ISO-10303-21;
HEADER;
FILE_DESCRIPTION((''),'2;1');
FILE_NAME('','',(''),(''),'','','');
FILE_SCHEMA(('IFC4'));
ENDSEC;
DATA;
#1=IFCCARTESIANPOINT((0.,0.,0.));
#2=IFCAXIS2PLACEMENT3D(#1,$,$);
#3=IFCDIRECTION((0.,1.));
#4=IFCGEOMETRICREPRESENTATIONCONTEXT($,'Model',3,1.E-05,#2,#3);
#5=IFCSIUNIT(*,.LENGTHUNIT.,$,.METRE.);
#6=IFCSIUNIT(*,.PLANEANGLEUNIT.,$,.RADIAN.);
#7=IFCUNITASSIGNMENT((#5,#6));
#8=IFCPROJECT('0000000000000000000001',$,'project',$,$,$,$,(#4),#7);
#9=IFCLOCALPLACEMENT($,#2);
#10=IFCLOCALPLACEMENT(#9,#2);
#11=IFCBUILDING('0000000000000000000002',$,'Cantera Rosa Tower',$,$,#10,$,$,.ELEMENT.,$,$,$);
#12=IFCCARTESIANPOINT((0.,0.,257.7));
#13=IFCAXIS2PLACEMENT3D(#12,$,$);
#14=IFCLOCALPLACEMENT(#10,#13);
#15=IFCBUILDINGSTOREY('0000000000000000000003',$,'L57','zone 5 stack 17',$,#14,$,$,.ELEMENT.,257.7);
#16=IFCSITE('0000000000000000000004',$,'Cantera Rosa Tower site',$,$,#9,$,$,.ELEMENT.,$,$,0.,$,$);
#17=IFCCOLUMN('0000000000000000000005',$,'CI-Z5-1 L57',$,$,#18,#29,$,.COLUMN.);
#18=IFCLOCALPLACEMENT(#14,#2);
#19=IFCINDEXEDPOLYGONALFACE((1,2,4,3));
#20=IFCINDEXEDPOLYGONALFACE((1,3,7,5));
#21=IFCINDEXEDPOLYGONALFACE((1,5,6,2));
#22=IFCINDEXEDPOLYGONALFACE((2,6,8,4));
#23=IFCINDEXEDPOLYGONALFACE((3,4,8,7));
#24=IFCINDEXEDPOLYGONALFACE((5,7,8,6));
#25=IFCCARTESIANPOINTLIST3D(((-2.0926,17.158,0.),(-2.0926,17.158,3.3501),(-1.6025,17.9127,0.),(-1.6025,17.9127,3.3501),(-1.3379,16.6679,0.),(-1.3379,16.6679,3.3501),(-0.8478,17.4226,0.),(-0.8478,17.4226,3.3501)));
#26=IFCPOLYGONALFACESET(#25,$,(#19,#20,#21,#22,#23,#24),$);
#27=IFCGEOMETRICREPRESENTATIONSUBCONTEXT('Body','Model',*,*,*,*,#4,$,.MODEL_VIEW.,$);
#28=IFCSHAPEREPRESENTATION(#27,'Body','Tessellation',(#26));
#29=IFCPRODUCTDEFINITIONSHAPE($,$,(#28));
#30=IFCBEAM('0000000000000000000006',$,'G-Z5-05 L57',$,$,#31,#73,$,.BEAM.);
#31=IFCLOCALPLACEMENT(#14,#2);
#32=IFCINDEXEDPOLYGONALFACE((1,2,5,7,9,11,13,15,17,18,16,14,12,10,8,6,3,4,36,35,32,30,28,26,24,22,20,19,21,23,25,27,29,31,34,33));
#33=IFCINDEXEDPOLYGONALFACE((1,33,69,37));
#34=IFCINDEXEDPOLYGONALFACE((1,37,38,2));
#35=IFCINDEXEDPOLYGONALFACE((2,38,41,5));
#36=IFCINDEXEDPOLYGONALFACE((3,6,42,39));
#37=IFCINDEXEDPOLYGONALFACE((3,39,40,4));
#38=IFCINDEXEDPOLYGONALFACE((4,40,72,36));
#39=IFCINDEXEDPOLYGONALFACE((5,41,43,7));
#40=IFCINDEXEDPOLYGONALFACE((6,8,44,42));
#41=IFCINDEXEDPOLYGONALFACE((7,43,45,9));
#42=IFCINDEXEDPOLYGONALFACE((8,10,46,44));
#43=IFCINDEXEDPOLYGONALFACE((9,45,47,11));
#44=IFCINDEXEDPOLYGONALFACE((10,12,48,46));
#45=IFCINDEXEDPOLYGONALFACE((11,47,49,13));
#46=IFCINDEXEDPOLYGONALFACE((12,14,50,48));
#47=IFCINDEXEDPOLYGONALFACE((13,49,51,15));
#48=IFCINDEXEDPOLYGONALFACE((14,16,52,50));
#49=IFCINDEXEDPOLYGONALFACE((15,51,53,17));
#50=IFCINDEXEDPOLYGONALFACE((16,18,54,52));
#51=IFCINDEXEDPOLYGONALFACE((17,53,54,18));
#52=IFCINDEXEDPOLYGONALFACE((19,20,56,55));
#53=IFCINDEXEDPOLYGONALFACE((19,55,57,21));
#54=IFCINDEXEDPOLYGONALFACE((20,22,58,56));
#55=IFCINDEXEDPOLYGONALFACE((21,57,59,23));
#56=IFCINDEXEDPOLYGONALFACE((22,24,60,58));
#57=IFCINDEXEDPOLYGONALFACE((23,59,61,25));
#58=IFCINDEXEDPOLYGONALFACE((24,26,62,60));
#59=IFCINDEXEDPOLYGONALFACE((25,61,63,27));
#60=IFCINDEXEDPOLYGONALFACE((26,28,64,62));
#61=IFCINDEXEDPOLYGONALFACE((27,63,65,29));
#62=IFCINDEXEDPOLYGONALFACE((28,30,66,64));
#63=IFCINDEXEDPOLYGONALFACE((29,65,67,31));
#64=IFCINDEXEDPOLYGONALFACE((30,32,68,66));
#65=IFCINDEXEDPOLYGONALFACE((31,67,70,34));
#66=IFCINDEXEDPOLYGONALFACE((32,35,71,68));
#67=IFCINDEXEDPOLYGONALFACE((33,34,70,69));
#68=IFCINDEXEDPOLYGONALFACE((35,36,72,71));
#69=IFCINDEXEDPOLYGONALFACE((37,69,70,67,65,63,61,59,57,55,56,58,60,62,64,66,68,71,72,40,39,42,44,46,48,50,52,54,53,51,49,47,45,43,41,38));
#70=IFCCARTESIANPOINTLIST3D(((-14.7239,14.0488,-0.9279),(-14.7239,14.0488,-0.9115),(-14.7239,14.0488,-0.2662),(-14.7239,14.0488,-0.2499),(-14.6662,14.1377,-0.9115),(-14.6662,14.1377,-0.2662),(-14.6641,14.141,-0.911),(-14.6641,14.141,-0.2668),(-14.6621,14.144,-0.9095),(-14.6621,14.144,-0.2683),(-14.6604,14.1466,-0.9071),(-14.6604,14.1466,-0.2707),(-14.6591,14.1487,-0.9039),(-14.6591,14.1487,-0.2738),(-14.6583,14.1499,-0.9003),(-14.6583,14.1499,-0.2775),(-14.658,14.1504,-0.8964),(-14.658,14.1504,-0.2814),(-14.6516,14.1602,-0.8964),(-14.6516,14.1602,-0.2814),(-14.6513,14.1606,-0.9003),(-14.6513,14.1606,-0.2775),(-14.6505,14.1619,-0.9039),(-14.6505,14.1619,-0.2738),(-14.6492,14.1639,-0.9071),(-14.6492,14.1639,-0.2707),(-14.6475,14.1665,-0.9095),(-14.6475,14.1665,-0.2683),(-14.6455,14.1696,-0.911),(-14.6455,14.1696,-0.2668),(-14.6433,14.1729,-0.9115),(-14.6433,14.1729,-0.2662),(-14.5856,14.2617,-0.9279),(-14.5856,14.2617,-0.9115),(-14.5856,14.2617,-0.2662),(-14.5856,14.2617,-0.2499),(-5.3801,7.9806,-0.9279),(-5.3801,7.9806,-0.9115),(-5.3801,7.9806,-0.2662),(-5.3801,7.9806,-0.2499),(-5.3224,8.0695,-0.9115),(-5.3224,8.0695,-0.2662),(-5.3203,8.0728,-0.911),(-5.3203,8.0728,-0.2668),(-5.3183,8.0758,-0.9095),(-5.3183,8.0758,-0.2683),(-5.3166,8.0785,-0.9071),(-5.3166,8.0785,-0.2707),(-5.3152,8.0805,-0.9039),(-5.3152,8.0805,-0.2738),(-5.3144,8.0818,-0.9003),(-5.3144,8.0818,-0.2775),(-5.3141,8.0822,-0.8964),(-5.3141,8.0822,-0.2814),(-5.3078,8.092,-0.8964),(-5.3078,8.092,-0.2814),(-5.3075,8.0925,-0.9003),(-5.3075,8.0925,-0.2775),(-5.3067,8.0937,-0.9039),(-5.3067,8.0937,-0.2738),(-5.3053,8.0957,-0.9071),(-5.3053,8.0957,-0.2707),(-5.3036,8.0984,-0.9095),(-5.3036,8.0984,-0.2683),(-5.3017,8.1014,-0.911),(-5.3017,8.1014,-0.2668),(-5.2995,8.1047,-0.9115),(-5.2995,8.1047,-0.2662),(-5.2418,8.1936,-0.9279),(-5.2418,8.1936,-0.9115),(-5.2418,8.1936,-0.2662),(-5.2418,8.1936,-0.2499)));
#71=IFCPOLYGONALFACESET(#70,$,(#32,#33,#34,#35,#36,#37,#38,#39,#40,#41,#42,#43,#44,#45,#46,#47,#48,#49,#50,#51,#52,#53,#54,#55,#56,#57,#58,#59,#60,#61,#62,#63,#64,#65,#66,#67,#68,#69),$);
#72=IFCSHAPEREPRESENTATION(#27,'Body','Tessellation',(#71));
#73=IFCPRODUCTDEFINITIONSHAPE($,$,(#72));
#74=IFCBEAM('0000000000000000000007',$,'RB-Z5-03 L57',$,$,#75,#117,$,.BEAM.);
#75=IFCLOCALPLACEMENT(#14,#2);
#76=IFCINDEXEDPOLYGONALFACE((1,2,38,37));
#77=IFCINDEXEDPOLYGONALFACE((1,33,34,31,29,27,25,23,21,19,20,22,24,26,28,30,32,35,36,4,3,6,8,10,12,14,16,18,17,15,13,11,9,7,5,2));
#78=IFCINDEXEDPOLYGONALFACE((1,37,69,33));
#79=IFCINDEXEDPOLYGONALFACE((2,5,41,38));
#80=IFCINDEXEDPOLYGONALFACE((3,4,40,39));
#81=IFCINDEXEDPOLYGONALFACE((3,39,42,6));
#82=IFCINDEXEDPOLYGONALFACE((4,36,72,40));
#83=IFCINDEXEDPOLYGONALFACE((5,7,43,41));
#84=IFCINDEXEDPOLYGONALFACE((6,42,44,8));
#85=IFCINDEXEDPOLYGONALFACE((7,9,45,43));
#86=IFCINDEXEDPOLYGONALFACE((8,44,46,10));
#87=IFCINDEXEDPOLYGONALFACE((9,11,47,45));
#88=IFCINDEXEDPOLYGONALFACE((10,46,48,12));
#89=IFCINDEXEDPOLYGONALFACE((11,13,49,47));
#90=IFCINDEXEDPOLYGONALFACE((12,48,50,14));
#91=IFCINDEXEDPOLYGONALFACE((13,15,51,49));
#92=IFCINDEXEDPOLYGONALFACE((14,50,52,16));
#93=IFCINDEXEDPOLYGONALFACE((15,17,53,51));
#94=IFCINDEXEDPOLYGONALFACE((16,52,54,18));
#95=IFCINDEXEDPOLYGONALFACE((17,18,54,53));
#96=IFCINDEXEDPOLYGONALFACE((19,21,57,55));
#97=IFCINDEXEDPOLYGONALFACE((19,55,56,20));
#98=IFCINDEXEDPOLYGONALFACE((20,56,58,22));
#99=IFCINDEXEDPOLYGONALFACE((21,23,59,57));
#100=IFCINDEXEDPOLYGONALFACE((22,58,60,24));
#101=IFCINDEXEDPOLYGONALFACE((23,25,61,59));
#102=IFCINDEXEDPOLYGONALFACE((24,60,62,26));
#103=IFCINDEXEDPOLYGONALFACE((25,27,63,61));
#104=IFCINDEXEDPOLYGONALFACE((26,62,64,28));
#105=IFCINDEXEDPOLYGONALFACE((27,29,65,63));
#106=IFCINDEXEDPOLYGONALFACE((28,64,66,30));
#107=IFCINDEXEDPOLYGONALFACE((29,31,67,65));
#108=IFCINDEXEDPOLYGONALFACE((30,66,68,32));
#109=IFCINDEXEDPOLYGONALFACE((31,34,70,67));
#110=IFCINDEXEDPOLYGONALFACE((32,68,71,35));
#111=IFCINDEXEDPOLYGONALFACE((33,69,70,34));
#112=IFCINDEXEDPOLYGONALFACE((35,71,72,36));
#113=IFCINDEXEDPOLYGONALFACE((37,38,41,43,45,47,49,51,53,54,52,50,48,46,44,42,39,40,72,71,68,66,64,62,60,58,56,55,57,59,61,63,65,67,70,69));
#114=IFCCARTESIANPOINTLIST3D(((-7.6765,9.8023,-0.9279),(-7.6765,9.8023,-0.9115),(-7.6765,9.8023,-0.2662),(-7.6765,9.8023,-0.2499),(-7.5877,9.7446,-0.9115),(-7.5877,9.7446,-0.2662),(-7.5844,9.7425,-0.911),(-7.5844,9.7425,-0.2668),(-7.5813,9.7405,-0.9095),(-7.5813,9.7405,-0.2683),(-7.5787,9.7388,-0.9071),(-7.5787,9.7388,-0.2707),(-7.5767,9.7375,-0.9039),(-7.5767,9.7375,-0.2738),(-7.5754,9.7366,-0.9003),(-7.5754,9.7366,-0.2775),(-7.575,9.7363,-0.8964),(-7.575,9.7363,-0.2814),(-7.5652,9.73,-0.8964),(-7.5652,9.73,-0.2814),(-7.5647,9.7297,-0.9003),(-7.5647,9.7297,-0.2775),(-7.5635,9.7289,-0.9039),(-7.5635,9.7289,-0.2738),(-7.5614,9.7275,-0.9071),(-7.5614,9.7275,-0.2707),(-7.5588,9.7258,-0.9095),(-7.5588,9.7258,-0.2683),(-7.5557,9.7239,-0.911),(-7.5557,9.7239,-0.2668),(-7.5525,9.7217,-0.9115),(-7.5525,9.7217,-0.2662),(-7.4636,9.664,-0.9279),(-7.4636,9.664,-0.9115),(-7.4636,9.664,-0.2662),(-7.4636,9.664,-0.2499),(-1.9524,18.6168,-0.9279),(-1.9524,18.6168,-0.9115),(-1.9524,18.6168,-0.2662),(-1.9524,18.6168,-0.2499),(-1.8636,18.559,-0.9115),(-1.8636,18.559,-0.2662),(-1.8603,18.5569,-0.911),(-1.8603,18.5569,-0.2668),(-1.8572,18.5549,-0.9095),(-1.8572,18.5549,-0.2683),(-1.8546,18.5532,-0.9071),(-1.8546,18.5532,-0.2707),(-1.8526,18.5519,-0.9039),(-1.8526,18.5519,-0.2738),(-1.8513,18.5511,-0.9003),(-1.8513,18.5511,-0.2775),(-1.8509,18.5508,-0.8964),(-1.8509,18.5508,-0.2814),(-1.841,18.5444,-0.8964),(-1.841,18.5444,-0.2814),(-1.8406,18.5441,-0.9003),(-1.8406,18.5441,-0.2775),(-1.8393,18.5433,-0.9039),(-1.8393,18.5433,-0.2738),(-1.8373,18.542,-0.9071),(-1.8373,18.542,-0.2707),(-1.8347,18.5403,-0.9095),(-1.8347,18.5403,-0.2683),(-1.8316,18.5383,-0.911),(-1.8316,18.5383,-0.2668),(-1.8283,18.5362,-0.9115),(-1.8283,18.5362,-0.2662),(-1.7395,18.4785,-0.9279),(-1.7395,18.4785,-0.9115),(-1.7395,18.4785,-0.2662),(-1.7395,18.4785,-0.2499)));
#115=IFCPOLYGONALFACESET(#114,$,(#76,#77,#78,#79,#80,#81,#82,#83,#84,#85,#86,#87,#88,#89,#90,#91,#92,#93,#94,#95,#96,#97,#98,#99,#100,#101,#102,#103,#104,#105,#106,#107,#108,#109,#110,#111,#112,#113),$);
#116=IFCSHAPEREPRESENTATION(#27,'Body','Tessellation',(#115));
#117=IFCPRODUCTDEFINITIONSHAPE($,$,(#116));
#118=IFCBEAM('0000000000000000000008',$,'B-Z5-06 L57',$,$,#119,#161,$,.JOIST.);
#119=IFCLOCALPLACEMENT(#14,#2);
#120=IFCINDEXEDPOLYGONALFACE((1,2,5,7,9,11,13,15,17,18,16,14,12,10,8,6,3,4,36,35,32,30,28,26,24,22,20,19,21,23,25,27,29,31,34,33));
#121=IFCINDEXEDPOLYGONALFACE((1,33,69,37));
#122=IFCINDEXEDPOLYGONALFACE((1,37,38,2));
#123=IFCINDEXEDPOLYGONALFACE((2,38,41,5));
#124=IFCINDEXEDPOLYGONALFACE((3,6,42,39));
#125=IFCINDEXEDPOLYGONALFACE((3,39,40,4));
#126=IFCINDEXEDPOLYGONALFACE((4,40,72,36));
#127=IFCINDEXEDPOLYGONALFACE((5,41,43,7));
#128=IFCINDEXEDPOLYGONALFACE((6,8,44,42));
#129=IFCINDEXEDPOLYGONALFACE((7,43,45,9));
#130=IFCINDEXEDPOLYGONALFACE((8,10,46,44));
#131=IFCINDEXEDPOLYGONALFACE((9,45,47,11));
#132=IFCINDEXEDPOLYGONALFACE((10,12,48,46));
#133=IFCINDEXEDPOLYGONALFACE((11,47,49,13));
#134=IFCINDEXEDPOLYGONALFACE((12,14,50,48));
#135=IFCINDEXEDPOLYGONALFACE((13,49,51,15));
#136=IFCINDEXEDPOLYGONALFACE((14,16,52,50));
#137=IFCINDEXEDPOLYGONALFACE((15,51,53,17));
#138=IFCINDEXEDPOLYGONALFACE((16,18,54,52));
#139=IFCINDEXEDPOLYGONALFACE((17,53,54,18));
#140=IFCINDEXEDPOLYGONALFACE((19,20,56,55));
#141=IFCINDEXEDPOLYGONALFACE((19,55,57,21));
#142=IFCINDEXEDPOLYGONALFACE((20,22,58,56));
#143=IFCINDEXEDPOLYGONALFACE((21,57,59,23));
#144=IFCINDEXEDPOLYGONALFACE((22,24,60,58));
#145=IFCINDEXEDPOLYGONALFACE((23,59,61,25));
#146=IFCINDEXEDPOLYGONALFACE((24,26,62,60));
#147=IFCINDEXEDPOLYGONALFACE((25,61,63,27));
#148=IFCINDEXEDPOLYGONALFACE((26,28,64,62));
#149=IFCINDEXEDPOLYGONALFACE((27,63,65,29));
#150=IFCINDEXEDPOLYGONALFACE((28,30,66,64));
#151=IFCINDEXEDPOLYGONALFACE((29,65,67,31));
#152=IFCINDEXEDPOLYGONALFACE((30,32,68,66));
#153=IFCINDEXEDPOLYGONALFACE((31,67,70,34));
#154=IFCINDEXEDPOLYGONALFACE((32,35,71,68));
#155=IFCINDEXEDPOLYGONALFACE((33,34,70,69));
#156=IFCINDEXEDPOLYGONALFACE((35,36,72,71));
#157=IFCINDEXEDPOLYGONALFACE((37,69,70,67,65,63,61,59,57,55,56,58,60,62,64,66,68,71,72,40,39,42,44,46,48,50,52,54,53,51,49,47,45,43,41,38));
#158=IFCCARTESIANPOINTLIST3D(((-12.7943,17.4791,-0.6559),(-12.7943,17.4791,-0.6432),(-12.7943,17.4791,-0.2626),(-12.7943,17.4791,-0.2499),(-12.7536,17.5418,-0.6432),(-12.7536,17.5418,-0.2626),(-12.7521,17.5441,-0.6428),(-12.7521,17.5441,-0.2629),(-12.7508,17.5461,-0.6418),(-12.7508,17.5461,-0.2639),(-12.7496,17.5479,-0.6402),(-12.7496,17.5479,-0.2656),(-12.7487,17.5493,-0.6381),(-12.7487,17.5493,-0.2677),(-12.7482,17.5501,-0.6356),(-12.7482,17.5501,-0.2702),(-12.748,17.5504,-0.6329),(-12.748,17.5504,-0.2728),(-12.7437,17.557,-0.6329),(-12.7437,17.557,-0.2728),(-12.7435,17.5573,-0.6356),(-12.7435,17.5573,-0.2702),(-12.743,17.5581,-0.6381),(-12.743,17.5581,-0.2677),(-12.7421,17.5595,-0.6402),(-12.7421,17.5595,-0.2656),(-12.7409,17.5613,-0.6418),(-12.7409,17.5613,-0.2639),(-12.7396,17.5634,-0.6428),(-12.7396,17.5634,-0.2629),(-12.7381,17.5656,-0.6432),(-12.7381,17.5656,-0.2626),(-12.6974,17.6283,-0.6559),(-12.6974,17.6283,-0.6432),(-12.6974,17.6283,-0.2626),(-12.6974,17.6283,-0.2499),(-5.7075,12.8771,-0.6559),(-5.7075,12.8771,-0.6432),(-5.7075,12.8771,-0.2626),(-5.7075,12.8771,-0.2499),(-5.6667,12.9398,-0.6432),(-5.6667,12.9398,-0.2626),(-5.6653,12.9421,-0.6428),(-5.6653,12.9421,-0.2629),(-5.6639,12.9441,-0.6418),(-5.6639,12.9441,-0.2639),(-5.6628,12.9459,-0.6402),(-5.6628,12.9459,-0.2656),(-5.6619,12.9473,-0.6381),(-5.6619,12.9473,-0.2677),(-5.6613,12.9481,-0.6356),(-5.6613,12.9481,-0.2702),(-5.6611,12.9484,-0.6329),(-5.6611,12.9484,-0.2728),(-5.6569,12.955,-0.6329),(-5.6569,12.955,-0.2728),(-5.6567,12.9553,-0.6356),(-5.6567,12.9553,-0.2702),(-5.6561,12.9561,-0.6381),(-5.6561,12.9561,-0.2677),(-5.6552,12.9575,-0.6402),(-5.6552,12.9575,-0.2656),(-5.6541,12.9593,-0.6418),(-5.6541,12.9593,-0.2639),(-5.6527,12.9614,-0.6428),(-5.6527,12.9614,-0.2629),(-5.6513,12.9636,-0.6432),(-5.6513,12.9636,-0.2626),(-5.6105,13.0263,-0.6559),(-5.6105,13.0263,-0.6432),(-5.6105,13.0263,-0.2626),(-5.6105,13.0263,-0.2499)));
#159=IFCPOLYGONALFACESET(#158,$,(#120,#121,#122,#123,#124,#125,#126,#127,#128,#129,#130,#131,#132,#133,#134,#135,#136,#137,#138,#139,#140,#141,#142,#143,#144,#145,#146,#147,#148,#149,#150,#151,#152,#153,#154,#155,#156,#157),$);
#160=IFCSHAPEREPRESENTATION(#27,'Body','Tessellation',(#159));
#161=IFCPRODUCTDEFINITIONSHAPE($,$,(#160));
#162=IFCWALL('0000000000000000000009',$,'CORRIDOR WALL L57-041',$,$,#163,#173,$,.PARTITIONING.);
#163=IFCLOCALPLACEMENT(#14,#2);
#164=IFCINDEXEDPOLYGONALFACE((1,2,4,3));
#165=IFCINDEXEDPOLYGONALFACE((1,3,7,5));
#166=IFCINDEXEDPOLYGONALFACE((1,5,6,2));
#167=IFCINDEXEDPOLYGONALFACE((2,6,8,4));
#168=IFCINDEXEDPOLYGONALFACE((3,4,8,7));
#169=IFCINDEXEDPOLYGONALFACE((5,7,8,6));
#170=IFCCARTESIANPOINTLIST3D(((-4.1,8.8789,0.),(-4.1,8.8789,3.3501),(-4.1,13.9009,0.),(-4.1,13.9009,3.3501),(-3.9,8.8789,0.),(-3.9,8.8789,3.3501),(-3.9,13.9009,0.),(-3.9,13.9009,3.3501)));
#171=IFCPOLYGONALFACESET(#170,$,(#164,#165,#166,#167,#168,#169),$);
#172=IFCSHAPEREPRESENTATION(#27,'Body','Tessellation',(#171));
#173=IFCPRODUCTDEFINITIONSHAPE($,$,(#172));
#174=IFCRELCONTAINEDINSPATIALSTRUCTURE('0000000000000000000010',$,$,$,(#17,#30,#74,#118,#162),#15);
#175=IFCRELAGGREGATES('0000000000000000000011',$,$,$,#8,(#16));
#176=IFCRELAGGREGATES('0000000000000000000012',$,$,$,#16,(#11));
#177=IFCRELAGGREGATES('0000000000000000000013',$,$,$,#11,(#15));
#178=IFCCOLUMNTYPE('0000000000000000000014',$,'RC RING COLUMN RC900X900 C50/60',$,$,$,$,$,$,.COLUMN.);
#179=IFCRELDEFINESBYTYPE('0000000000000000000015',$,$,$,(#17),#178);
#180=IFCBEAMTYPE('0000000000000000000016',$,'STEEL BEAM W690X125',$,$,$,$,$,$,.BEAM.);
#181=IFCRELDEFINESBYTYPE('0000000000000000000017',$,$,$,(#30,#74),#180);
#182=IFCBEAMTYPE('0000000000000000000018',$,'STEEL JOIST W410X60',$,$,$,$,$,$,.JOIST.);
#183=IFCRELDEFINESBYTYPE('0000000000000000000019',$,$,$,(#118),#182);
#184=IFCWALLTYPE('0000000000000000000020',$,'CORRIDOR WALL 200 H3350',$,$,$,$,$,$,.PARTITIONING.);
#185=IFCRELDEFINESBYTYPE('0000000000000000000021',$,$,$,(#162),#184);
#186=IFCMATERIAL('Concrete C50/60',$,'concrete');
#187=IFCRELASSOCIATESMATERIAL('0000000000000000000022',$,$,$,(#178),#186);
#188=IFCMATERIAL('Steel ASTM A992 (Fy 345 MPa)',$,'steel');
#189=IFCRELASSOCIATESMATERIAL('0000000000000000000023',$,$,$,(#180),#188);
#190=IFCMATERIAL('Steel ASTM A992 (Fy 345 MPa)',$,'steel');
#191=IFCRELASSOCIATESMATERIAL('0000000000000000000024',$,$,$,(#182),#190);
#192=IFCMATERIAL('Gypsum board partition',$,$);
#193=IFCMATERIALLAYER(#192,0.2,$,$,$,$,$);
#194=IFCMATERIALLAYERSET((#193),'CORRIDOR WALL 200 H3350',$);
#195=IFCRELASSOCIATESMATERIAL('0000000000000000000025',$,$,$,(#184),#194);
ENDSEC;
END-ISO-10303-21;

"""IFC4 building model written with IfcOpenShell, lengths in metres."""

from ifc_helpers import new_model, si_unit, direction, frame, frame_2d, origin, origin_2d, place, context, subcontext, project, spatial, rectangle, i_section, extrude, material, layer, layer_set, material_profile, profile_set, type_object, element, save


model = new_model("IFC4")

# Units and contexts
model_context = context("Model", 3, precision=1e-05, world=origin(), true_north=direction((0.0, 1.0)))
body_context = subcontext(model_context, "Body", "Model", "MODEL_VIEW")
ifc_project = project(units=[si_unit("LENGTHUNIT", "METRE"), si_unit("PLANEANGLEUNIT", "RADIAN")], contexts=[model_context])

# Site, building, storey
site_placement = place(None, origin())
site = spatial("IfcSite", under=ifc_project, at=site_placement, Name="Cantera Rosa Tower site", CompositionType="ELEMENT", RefElevation=0.0)
building_placement = place(site_placement, origin())
building = spatial("IfcBuilding", under=site, at=building_placement, Name="Cantera Rosa Tower", CompositionType="ELEMENT")
storey_placement = place(building_placement, frame((0.0, 0.0, 257.7)))
storey = spatial("IfcBuildingStorey", under=building, at=storey_placement, Name="L57", Description="zone 5 stack 17", CompositionType="ELEMENT", Elevation=257.7)

# Column
ifc_material_1 = material(Name="Concrete C50/60", Category="concrete")
ifc_material_profile_1 = material_profile(ifc_material_1, rectangle(XDim=0.8999, YDim=0.8999, at=origin_2d()), Name="RC RING COLUMN RC900X900 C50/60")
ifc_profile_set_1 = profile_set([ifc_material_profile_1], Name="Concrete C50/60")
column_type = type_object("IfcColumnType", Name="RC RING COLUMN RC900X900 C50/60", PredefinedType="COLUMN", material=ifc_profile_set_1)
column_placement = place(storey_placement, frame((-1.4702, 17.2903, 0.0), z_axis=(0.0, 0.0, 1.0), x_axis=(0.544639, 0.838671, 0.0)))
element("IfcColumn", 1, at=column_placement, inside=storey, type_object=column_type, Name="CI-Z5-1 L57", PredefinedType="COLUMN", context=body_context, shape_type="SweptSolid", body=[
    extrude(rectangle(XDim=0.8999, YDim=0.8999, at=origin_2d()), origin(), (0.0, 0.0, 1.0), 3.3501),
])

# Beams
ifc_material_2 = material(Name="Steel ASTM A992 (Fy 345 MPa)", Category="steel")
ifc_material_profile_2 = material_profile(ifc_material_2, i_section(OverallWidth=0.2539, OverallDepth=0.678, WebThickness=0.0117, FlangeThickness=0.0164, FilletRadius=0.0151, at=origin_2d()), Name="W690X125")
ifc_profile_set_2 = profile_set([ifc_material_profile_2], Name="Steel ASTM A992 (Fy 345 MPa)")
beam_type_1 = type_object("IfcBeamType", Name="STEEL BEAM W690X125", PredefinedType="BEAM", material=ifc_profile_set_2)
beam_1_placement = place(storey_placement, frame((-14.6548, 14.1553, -0.5889), z_axis=(0.838662, -0.544652, 0.0), x_axis=(0.544652, 0.838662, 0.0)))
element("IfcBeam", 2, at=beam_1_placement, inside=storey, type_object=beam_type_1, Name="G-Z5-05 L57", PredefinedType="BEAM", context=body_context, shape_type="SweptSolid", body=[
    extrude(i_section(OverallWidth=0.2539, OverallDepth=0.678, WebThickness=0.0117, FlangeThickness=0.0164, FilletRadius=0.0151, at=origin_2d()), origin(), (0.0, 0.0, 1.0), 11.1414),
])
beam_2_placement = place(storey_placement, frame((-7.5701, 9.7332, -0.5889), z_axis=(0.544636, 0.838673, 0.0), x_axis=(-0.838673, 0.544636, 0.0)))
element("IfcBeam", 3, at=beam_2_placement, inside=storey, type_object=beam_type_1, Name="RB-Z5-03 L57", PredefinedType="BEAM", context=body_context, shape_type="SweptSolid", body=[
    extrude(i_section(OverallWidth=0.2539, OverallDepth=0.678, WebThickness=0.0117, FlangeThickness=0.0164, FilletRadius=0.0151, at=origin_2d()), origin(), (0.0, 0.0, 1.0), 10.51),
])
ifc_material_3 = material(Name="Steel ASTM A992 (Fy 345 MPa)", Category="steel")
ifc_material_profile_3 = material_profile(ifc_material_3, i_section(OverallWidth=0.178, OverallDepth=0.406, WebThickness=0.0078, FlangeThickness=0.0127, FilletRadius=0.0103, at=origin_2d()), Name="W410X60")
ifc_profile_set_3 = profile_set([ifc_material_profile_3], Name="Steel ASTM A992 (Fy 345 MPa)")
beam_type_2 = type_object("IfcBeamType", Name="STEEL JOIST W410X60", PredefinedType="JOIST", material=ifc_profile_set_3)
beam_3_placement = place(storey_placement, frame((-12.7458, 17.5537, -0.4529), z_axis=(0.838684, -0.544619, 0.0), x_axis=(0.544619, 0.838684, 0.0)))
element("IfcBeam", 4, at=beam_3_placement, inside=storey, type_object=beam_type_2, Name="B-Z5-06 L57", PredefinedType="JOIST", context=body_context, shape_type="SweptSolid", body=[
    extrude(i_section(OverallWidth=0.178, OverallDepth=0.406, WebThickness=0.0078, FlangeThickness=0.0127, FilletRadius=0.0103, at=origin_2d()), origin(), (0.0, 0.0, 1.0), 8.45),
])

# Wall
ifc_material_4 = material(Name="Gypsum board partition")
ifc_layer_1 = layer(ifc_material_4, 0.2)
ifc_layer_set_1 = layer_set([ifc_layer_1], Name="CORRIDOR WALL 200 H3350")
wall_type_1 = type_object("IfcWallType", Name="CORRIDOR WALL 200 H3350", PredefinedType="PARTITIONING", material=ifc_layer_set_1)
wall_1_placement = place(storey_placement, frame((-4.0, 13.9009, 0.0), z_axis=(0.0, 0.0, 1.0), x_axis=(0.0, -1.0, 0.0)))
element("IfcWall", 5, at=wall_1_placement, inside=storey, type_object=wall_type_1, Name="CORRIDOR WALL L57-041", PredefinedType="PARTITIONING", context=body_context, shape_type="SweptSolid", body=[
    extrude(rectangle(XDim=5.022, YDim=0.2, at=frame_2d((2.511, 0.0))), origin(), (0.0, 0.0, 1.0), 3.3501),
])

save(model, "model.ifc")
